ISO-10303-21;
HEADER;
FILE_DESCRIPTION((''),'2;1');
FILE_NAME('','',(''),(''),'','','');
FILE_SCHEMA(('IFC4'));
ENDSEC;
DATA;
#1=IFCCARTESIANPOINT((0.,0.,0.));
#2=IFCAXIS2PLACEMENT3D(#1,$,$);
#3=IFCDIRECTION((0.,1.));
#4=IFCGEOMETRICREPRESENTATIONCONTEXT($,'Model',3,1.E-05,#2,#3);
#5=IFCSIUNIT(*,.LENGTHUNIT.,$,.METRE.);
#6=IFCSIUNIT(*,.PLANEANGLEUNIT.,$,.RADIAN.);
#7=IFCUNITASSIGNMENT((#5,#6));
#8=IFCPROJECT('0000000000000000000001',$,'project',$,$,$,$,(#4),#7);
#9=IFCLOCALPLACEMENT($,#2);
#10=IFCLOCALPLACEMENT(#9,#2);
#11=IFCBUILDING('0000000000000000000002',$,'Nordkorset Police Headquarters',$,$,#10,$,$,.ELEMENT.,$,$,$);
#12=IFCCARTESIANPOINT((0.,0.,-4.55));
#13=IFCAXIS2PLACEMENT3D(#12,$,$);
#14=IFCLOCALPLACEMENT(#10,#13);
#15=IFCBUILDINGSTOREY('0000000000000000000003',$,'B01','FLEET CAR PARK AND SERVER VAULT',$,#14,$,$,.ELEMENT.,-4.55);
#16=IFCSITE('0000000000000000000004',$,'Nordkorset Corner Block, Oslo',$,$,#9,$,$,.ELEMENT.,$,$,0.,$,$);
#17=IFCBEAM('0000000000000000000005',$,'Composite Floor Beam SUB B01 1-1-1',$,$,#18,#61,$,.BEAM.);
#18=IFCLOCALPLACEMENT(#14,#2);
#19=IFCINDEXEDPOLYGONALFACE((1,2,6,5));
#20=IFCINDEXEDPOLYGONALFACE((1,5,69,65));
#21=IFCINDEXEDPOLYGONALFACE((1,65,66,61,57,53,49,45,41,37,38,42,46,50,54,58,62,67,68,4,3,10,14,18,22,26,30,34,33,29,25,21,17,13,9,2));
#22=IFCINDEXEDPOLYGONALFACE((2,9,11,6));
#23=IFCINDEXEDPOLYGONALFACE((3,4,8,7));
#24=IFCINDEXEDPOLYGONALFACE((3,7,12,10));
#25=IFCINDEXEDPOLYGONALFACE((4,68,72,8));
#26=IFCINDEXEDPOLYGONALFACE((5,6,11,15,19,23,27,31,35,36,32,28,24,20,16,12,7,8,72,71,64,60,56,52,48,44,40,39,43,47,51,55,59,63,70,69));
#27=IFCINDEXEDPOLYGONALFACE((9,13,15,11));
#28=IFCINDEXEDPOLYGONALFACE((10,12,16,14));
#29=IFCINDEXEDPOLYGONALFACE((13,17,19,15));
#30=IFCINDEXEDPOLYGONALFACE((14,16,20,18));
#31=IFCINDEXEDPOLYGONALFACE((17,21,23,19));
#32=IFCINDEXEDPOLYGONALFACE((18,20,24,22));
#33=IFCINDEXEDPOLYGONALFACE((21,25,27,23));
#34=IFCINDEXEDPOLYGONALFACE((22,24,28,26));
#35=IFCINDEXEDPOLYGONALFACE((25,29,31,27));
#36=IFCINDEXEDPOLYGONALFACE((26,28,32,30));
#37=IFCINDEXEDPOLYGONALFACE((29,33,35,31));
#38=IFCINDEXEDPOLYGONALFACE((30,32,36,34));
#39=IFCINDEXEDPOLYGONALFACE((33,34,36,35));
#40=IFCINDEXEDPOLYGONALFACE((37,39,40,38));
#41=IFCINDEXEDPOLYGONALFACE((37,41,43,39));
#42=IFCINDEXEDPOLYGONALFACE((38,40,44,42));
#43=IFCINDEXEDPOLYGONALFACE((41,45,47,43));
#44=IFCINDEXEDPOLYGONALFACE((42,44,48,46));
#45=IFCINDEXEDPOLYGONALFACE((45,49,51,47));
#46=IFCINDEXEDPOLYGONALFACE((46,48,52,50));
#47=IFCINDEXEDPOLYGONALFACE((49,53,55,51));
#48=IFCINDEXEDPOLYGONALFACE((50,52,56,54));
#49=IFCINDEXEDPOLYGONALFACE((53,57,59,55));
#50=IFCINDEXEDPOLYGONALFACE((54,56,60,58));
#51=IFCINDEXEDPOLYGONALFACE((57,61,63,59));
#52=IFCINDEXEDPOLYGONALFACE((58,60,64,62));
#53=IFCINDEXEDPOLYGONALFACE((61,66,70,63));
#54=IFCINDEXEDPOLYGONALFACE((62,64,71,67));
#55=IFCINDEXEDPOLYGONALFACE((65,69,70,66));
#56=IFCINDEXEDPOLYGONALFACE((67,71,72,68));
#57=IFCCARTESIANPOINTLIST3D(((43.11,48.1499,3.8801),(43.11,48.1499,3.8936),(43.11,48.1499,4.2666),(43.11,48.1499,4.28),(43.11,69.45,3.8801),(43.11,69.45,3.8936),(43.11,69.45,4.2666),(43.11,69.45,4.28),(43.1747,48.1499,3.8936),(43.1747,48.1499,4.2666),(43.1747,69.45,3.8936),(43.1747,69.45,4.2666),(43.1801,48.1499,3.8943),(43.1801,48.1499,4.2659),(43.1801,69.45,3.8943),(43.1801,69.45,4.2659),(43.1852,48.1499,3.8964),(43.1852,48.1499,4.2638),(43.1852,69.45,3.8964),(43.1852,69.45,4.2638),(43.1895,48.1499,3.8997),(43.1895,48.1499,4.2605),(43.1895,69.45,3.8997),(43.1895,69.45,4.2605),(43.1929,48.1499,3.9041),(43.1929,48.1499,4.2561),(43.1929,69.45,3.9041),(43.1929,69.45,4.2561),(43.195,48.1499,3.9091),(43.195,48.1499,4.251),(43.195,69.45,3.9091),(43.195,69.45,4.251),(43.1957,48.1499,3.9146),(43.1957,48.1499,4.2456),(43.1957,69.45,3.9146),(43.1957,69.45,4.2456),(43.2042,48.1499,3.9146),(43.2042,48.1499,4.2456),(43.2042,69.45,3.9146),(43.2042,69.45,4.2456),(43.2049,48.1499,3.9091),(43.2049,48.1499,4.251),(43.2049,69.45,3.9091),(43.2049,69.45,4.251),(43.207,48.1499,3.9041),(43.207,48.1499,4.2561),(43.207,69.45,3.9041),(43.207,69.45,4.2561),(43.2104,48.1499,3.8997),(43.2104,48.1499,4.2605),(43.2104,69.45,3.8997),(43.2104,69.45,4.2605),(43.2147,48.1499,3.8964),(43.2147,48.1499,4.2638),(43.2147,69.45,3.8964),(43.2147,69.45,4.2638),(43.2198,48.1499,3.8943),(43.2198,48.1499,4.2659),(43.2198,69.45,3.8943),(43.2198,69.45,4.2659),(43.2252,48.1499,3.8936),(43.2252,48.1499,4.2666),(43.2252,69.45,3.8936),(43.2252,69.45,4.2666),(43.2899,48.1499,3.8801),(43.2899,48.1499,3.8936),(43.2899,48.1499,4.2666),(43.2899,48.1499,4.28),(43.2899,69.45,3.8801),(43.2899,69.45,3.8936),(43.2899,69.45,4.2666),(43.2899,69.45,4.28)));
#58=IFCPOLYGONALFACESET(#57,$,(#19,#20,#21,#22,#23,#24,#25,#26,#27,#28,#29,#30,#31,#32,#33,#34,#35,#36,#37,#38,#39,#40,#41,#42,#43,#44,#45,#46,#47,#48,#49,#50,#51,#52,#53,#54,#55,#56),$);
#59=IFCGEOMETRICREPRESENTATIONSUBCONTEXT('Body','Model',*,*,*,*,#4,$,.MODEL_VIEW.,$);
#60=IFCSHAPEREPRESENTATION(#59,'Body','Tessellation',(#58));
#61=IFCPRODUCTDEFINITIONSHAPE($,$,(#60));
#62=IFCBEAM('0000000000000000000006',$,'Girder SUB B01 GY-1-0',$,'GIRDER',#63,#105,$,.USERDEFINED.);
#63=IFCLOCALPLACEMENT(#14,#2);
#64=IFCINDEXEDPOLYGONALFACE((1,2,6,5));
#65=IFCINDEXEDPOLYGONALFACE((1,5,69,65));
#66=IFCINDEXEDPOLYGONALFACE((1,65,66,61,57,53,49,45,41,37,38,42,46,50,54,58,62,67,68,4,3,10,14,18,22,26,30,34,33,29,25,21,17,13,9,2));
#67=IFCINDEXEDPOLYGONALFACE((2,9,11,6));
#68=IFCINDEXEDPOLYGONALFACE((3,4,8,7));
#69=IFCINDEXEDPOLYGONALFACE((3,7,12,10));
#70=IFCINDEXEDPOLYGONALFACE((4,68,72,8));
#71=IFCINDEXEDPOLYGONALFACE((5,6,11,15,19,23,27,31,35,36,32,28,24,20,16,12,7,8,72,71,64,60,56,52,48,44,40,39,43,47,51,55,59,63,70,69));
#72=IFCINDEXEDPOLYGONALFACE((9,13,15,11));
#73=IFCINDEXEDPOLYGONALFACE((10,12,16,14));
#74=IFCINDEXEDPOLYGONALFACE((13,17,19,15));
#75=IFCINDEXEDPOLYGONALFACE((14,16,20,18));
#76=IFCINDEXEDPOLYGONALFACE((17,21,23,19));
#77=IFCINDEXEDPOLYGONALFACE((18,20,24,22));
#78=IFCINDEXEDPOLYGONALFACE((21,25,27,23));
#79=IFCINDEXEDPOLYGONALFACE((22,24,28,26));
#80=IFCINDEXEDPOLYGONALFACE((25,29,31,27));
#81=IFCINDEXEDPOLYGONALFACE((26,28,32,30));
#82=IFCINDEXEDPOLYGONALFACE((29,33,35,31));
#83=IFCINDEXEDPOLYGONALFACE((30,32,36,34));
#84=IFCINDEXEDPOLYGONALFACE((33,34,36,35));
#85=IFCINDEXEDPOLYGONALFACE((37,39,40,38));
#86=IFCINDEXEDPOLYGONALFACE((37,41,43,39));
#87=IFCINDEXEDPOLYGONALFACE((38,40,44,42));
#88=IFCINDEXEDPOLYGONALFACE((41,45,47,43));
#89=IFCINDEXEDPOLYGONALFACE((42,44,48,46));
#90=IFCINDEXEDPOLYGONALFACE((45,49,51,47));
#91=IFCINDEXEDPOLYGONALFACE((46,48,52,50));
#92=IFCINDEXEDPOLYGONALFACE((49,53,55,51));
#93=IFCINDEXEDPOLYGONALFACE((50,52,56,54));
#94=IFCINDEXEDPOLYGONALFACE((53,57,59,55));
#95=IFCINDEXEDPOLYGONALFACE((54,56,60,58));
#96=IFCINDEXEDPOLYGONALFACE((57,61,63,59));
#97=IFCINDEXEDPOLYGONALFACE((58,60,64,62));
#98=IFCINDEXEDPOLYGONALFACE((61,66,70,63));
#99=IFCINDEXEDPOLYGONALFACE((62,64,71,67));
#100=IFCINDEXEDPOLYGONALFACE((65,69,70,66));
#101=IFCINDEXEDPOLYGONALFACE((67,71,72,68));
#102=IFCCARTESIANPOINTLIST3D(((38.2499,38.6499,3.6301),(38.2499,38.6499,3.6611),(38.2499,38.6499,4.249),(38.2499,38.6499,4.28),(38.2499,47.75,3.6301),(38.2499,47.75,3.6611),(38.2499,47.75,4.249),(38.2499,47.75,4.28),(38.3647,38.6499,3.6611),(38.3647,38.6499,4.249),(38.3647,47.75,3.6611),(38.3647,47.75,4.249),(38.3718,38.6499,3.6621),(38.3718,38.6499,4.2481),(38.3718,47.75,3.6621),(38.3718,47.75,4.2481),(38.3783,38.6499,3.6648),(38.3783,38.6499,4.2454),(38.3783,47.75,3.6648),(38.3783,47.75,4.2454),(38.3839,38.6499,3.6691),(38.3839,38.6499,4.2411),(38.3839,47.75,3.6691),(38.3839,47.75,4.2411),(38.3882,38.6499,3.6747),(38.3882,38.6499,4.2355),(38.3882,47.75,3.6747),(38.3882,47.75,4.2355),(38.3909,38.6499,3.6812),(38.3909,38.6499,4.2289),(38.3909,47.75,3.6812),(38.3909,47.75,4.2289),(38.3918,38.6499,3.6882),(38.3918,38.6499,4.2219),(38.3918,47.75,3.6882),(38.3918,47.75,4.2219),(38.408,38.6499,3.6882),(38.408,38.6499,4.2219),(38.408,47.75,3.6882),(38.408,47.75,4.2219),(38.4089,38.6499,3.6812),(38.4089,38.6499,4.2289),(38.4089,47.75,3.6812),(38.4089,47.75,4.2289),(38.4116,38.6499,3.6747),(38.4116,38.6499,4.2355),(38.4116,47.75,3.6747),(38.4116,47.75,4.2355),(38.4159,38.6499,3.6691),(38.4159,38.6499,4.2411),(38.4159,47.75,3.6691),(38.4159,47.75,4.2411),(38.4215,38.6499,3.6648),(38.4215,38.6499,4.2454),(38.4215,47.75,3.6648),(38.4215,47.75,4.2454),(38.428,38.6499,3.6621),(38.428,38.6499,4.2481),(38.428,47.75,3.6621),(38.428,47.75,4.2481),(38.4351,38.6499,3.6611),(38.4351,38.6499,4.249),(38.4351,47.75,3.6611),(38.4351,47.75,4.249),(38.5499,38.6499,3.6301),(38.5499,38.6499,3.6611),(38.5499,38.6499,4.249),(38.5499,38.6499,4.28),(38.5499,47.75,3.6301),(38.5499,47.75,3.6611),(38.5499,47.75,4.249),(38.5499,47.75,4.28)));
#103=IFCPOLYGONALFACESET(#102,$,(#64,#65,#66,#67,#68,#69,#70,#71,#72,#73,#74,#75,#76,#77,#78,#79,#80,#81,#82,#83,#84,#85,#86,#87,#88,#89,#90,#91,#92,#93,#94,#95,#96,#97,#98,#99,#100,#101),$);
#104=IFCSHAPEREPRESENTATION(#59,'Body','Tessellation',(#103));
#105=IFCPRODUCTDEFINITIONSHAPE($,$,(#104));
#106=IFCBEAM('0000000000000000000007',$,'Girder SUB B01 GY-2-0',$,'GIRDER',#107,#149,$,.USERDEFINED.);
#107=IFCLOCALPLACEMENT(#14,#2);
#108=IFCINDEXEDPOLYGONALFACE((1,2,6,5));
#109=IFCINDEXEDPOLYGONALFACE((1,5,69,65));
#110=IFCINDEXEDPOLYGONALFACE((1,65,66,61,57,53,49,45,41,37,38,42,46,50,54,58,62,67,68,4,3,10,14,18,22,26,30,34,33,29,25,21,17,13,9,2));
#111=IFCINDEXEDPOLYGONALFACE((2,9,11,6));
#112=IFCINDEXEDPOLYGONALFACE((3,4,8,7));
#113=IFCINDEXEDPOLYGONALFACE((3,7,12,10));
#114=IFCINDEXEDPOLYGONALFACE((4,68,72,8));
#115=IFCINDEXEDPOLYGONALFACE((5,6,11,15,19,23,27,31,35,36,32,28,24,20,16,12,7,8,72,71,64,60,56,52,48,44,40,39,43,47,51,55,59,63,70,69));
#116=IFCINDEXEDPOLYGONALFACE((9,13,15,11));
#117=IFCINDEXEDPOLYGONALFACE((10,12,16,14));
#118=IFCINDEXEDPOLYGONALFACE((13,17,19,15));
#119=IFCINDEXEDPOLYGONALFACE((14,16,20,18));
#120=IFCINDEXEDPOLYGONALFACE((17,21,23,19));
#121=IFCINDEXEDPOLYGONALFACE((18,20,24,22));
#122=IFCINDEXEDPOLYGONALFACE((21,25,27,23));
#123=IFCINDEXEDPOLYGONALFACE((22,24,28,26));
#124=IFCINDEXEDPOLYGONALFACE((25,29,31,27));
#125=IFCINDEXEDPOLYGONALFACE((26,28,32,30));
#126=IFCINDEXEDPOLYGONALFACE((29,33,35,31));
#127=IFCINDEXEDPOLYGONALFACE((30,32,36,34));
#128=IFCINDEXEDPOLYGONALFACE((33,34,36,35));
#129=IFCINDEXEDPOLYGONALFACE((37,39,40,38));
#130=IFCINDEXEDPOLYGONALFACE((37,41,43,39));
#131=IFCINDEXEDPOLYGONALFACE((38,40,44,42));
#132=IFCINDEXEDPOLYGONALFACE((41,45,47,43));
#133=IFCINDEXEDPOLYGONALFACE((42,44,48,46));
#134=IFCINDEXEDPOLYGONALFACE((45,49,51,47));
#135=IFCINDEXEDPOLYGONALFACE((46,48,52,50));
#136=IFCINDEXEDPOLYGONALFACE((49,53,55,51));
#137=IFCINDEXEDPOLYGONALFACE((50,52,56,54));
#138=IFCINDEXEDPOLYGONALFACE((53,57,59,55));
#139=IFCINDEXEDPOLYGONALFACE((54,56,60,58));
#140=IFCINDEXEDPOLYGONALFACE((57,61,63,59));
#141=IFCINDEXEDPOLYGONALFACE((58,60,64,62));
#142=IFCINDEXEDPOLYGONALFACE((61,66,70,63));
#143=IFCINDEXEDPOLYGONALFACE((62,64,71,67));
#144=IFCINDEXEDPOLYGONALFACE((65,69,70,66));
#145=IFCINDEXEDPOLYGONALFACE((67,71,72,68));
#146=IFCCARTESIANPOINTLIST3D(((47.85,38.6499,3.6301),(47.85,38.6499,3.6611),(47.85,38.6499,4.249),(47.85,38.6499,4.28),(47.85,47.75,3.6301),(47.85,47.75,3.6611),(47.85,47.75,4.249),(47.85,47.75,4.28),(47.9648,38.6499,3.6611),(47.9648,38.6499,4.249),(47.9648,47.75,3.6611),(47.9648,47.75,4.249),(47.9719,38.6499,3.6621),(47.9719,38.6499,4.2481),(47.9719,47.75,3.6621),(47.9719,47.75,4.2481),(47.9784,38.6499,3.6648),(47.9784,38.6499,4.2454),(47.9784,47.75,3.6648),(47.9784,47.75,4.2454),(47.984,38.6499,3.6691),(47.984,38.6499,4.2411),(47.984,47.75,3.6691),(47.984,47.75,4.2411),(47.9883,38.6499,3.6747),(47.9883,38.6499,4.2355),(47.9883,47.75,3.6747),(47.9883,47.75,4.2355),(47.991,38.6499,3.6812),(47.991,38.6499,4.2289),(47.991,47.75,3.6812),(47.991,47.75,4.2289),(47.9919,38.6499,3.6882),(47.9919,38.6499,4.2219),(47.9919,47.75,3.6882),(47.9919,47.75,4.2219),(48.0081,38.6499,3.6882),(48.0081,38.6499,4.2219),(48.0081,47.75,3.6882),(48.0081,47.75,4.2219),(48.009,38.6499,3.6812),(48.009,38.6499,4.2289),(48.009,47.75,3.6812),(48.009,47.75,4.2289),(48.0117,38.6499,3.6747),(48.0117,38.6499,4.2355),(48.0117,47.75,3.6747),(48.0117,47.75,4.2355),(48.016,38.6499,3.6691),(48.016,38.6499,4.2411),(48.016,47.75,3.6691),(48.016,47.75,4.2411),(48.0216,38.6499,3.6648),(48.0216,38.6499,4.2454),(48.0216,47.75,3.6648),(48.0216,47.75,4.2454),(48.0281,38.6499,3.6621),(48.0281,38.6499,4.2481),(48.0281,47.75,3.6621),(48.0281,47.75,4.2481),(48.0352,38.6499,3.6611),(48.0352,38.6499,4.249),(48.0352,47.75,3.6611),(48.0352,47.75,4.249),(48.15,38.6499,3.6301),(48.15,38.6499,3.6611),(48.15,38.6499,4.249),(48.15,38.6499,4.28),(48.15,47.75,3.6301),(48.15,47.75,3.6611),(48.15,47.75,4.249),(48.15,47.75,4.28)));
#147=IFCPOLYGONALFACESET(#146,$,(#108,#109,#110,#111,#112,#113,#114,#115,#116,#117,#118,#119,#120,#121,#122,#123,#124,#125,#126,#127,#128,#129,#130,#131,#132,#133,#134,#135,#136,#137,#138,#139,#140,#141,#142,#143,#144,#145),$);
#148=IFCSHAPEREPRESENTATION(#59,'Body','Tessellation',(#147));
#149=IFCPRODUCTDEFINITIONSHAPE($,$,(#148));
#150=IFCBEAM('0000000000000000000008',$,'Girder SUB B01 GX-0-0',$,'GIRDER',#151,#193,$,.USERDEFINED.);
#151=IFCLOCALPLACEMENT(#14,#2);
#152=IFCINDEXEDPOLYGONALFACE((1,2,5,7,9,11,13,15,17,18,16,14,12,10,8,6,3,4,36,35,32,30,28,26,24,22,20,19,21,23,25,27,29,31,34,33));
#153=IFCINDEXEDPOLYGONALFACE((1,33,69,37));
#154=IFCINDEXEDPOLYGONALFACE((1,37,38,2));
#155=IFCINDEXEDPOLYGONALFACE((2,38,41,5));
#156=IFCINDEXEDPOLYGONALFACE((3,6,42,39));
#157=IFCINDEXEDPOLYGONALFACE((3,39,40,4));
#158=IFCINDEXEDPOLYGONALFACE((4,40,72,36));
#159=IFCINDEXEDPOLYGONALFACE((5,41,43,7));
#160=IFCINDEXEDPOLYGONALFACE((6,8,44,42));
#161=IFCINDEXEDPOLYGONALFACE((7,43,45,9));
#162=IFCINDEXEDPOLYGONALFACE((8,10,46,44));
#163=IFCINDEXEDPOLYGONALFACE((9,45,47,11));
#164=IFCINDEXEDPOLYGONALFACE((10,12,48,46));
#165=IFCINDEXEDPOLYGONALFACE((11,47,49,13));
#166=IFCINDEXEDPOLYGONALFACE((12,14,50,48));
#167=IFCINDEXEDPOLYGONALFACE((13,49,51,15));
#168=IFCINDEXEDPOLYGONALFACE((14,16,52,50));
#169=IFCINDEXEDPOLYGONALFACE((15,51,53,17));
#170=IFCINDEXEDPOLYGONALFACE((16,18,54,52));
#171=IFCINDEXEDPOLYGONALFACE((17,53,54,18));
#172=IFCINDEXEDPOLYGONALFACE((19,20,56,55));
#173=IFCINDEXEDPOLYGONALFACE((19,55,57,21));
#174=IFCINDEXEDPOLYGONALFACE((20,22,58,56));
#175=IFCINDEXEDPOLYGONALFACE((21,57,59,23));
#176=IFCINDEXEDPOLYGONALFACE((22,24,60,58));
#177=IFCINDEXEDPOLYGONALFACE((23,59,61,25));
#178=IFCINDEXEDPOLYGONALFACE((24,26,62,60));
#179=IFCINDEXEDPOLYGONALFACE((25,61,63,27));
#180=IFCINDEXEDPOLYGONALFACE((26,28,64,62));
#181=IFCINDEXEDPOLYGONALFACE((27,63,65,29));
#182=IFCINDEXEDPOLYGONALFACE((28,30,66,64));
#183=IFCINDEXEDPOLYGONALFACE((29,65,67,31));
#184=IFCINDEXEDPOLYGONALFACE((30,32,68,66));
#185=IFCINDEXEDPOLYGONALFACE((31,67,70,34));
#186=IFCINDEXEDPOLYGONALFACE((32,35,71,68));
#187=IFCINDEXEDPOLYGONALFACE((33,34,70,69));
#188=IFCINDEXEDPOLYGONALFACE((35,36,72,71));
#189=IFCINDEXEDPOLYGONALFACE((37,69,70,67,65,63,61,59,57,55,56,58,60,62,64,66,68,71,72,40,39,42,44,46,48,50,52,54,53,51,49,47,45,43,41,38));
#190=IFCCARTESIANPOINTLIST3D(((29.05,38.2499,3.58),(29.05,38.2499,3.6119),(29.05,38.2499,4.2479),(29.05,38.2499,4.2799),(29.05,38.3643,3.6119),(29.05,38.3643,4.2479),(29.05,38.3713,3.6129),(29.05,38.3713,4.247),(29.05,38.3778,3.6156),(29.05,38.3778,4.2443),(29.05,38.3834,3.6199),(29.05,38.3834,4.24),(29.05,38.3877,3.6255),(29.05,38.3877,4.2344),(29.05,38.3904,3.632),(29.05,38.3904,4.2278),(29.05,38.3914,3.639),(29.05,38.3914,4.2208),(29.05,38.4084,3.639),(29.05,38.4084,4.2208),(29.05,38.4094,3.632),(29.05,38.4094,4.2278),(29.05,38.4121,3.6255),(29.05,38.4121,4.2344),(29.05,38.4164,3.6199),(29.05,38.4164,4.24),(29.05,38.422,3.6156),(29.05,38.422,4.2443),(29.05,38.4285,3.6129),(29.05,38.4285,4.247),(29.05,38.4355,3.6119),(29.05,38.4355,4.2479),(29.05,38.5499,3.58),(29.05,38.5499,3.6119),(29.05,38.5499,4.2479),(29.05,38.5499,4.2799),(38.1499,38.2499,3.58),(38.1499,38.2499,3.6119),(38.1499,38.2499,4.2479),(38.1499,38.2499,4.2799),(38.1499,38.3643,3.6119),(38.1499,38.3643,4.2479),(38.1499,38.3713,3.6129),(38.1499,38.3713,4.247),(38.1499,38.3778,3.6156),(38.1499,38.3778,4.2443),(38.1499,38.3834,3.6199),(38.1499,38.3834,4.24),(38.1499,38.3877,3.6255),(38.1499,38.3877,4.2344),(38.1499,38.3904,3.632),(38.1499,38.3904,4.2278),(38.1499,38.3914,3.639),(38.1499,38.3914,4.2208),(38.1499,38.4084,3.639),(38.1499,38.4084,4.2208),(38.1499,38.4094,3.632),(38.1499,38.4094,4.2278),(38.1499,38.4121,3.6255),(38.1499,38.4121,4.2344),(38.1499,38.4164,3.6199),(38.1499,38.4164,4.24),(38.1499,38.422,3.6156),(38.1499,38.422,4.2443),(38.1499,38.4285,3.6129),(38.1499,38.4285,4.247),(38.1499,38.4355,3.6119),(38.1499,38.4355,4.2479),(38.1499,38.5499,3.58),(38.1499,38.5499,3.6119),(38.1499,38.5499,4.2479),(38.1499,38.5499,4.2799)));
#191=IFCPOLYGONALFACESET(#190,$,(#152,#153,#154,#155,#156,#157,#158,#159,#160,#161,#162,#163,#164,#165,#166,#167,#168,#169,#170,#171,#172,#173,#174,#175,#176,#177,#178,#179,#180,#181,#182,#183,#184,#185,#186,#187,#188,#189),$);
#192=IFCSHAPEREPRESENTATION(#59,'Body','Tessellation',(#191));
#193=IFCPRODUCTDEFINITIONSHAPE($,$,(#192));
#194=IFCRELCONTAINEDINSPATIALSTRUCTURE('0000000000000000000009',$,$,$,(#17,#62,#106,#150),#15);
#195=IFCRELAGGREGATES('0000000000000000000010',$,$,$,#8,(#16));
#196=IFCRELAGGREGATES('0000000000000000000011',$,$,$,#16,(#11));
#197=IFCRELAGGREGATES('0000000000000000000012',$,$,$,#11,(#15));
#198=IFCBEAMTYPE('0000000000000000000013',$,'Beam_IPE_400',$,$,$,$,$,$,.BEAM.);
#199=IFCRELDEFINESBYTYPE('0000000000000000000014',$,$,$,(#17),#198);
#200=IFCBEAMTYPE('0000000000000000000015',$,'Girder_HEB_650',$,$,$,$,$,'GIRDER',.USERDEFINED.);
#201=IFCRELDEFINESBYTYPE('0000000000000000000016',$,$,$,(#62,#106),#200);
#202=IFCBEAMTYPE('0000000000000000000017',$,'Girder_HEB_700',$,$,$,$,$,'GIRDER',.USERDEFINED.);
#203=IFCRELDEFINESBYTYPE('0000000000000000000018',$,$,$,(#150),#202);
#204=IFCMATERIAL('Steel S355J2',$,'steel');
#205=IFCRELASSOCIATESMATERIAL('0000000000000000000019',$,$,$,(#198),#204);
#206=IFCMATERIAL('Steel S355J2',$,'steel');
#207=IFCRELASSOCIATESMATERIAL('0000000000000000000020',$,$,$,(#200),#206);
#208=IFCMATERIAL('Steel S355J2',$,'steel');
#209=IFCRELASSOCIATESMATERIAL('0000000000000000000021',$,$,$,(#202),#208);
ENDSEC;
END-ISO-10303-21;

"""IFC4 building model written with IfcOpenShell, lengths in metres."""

from ifc_helpers import new_model, si_unit, direction, frame, origin, origin_2d, place, context, subcontext, project, spatial, i_section, extrude, material, material_profile, profile_set, type_object, element, save


model = new_model("IFC4")

# Units and contexts
model_context = context("Model", 3, precision=1e-05, world=origin(), true_north=direction((0.0, 1.0)))
body_context = subcontext(model_context, "Body", "Model", "MODEL_VIEW")
ifc_project = project(units=[si_unit("LENGTHUNIT", "METRE"), si_unit("PLANEANGLEUNIT", "RADIAN")], contexts=[model_context])

# Site, building, storey
site_placement = place(None, origin())
site = spatial("IfcSite", under=ifc_project, at=site_placement, Name="Nordkorset Corner Block, Oslo", CompositionType="ELEMENT", RefElevation=0.0)
building_placement = place(site_placement, origin())
building = spatial("IfcBuilding", under=site, at=building_placement, Name="Nordkorset Police Headquarters", CompositionType="ELEMENT")
storey_placement = place(building_placement, frame((0.0, 0.0, -4.55)))
storey = spatial("IfcBuildingStorey", under=building, at=storey_placement, Name="B01", Description="FLEET CAR PARK AND SERVER VAULT", CompositionType="ELEMENT", Elevation=-4.55)

# Beams
ifc_material_1 = material(Name="Steel S355J2", Category="steel")
ifc_material_profile_1 = material_profile(ifc_material_1, i_section(OverallWidth=0.1799, OverallDepth=0.3999, WebThickness=0.0085, FlangeThickness=0.0134, FilletRadius=0.021, at=origin_2d()), Name="IPE 400")
ifc_profile_set_1 = profile_set([ifc_material_profile_1], Name="Steel S355J2")
beam_type_1 = type_object("IfcBeamType", Name="Beam_IPE_400", PredefinedType="BEAM", material=ifc_profile_set_1)
beam_1_placement = place(storey_placement, frame((43.2, 48.1499, 4.0801), z_axis=(0.0, 1.0, 0.0), x_axis=(-1.0, 0.0, 0.0)))
element("IfcBeam", 1, at=beam_1_placement, inside=storey, type_object=beam_type_1, Name="Composite Floor Beam SUB B01 1-1-1", PredefinedType="BEAM", context=body_context, shape_type="SweptSolid", body=[
    extrude(i_section(OverallWidth=0.1799, OverallDepth=0.3999, WebThickness=0.0085, FlangeThickness=0.0134, FilletRadius=0.021, at=origin_2d()), origin(), (0.0, 0.0, 1.0), 21.3),
])
ifc_material_2 = material(Name="Steel S355J2", Category="steel")
ifc_material_profile_2 = material_profile(ifc_material_2, i_section(OverallWidth=0.3, OverallDepth=0.6499, WebThickness=0.0161, FlangeThickness=0.031, FilletRadius=0.0271, at=origin_2d()), Name="HEB 650")
ifc_profile_set_2 = profile_set([ifc_material_profile_2], Name="Steel S355J2")
beam_type_2 = type_object("IfcBeamType", Name="Girder_HEB_650", ElementType="GIRDER", PredefinedType="USERDEFINED", material=ifc_profile_set_2)
for number, where, z_axis, x_axis, name in (
    (2, (38.3999, 38.6499, 3.9551), (0.0, 1.0, 0.0), (-1.0, 0.0, 0.0), "Girder SUB B01 GY-1-0"),
    (3, (48.0, 38.6499, 3.9551), (0.0, 1.0, 0.0), (-1.0, 0.0, 0.0), "Girder SUB B01 GY-2-0"),
):
    element("IfcBeam", number, at=place(storey_placement, frame(where, z_axis=z_axis, x_axis=x_axis)), inside=storey, type_object=beam_type_2, Name=name, ObjectType="GIRDER", PredefinedType="USERDEFINED", context=body_context, shape_type="SweptSolid", body=[
        extrude(i_section(OverallWidth=0.3, OverallDepth=0.6499, WebThickness=0.0161, FlangeThickness=0.031, FilletRadius=0.0271, at=origin_2d()), origin(), (0.0, 0.0, 1.0), 9.1001),
    ])
ifc_material_3 = material(Name="Steel S355J2", Category="steel")
ifc_material_profile_3 = material_profile(ifc_material_3, i_section(OverallWidth=0.3, OverallDepth=0.7, WebThickness=0.0171, FlangeThickness=0.032, FilletRadius=0.0271, at=origin_2d()), Name="HEB 700")
ifc_profile_set_3 = profile_set([ifc_material_profile_3], Name="Steel S355J2")
beam_type_3 = type_object("IfcBeamType", Name="Girder_HEB_700", ElementType="GIRDER", PredefinedType="USERDEFINED", material=ifc_profile_set_3)
beam_2_placement = place(storey_placement, frame((29.05, 38.3999, 3.9299), z_axis=(1.0, 0.0, 0.0), x_axis=(0.0, 1.0, 0.0)))
element("IfcBeam", 4, at=beam_2_placement, inside=storey, type_object=beam_type_3, Name="Girder SUB B01 GX-0-0", ObjectType="GIRDER", PredefinedType="USERDEFINED", context=body_context, shape_type="SweptSolid", body=[
    extrude(i_section(OverallWidth=0.3, OverallDepth=0.7, WebThickness=0.0171, FlangeThickness=0.032, FilletRadius=0.0271, at=origin_2d()), origin(), (0.0, 0.0, 1.0), 9.0999),
])

save(model, "model.ifc")
